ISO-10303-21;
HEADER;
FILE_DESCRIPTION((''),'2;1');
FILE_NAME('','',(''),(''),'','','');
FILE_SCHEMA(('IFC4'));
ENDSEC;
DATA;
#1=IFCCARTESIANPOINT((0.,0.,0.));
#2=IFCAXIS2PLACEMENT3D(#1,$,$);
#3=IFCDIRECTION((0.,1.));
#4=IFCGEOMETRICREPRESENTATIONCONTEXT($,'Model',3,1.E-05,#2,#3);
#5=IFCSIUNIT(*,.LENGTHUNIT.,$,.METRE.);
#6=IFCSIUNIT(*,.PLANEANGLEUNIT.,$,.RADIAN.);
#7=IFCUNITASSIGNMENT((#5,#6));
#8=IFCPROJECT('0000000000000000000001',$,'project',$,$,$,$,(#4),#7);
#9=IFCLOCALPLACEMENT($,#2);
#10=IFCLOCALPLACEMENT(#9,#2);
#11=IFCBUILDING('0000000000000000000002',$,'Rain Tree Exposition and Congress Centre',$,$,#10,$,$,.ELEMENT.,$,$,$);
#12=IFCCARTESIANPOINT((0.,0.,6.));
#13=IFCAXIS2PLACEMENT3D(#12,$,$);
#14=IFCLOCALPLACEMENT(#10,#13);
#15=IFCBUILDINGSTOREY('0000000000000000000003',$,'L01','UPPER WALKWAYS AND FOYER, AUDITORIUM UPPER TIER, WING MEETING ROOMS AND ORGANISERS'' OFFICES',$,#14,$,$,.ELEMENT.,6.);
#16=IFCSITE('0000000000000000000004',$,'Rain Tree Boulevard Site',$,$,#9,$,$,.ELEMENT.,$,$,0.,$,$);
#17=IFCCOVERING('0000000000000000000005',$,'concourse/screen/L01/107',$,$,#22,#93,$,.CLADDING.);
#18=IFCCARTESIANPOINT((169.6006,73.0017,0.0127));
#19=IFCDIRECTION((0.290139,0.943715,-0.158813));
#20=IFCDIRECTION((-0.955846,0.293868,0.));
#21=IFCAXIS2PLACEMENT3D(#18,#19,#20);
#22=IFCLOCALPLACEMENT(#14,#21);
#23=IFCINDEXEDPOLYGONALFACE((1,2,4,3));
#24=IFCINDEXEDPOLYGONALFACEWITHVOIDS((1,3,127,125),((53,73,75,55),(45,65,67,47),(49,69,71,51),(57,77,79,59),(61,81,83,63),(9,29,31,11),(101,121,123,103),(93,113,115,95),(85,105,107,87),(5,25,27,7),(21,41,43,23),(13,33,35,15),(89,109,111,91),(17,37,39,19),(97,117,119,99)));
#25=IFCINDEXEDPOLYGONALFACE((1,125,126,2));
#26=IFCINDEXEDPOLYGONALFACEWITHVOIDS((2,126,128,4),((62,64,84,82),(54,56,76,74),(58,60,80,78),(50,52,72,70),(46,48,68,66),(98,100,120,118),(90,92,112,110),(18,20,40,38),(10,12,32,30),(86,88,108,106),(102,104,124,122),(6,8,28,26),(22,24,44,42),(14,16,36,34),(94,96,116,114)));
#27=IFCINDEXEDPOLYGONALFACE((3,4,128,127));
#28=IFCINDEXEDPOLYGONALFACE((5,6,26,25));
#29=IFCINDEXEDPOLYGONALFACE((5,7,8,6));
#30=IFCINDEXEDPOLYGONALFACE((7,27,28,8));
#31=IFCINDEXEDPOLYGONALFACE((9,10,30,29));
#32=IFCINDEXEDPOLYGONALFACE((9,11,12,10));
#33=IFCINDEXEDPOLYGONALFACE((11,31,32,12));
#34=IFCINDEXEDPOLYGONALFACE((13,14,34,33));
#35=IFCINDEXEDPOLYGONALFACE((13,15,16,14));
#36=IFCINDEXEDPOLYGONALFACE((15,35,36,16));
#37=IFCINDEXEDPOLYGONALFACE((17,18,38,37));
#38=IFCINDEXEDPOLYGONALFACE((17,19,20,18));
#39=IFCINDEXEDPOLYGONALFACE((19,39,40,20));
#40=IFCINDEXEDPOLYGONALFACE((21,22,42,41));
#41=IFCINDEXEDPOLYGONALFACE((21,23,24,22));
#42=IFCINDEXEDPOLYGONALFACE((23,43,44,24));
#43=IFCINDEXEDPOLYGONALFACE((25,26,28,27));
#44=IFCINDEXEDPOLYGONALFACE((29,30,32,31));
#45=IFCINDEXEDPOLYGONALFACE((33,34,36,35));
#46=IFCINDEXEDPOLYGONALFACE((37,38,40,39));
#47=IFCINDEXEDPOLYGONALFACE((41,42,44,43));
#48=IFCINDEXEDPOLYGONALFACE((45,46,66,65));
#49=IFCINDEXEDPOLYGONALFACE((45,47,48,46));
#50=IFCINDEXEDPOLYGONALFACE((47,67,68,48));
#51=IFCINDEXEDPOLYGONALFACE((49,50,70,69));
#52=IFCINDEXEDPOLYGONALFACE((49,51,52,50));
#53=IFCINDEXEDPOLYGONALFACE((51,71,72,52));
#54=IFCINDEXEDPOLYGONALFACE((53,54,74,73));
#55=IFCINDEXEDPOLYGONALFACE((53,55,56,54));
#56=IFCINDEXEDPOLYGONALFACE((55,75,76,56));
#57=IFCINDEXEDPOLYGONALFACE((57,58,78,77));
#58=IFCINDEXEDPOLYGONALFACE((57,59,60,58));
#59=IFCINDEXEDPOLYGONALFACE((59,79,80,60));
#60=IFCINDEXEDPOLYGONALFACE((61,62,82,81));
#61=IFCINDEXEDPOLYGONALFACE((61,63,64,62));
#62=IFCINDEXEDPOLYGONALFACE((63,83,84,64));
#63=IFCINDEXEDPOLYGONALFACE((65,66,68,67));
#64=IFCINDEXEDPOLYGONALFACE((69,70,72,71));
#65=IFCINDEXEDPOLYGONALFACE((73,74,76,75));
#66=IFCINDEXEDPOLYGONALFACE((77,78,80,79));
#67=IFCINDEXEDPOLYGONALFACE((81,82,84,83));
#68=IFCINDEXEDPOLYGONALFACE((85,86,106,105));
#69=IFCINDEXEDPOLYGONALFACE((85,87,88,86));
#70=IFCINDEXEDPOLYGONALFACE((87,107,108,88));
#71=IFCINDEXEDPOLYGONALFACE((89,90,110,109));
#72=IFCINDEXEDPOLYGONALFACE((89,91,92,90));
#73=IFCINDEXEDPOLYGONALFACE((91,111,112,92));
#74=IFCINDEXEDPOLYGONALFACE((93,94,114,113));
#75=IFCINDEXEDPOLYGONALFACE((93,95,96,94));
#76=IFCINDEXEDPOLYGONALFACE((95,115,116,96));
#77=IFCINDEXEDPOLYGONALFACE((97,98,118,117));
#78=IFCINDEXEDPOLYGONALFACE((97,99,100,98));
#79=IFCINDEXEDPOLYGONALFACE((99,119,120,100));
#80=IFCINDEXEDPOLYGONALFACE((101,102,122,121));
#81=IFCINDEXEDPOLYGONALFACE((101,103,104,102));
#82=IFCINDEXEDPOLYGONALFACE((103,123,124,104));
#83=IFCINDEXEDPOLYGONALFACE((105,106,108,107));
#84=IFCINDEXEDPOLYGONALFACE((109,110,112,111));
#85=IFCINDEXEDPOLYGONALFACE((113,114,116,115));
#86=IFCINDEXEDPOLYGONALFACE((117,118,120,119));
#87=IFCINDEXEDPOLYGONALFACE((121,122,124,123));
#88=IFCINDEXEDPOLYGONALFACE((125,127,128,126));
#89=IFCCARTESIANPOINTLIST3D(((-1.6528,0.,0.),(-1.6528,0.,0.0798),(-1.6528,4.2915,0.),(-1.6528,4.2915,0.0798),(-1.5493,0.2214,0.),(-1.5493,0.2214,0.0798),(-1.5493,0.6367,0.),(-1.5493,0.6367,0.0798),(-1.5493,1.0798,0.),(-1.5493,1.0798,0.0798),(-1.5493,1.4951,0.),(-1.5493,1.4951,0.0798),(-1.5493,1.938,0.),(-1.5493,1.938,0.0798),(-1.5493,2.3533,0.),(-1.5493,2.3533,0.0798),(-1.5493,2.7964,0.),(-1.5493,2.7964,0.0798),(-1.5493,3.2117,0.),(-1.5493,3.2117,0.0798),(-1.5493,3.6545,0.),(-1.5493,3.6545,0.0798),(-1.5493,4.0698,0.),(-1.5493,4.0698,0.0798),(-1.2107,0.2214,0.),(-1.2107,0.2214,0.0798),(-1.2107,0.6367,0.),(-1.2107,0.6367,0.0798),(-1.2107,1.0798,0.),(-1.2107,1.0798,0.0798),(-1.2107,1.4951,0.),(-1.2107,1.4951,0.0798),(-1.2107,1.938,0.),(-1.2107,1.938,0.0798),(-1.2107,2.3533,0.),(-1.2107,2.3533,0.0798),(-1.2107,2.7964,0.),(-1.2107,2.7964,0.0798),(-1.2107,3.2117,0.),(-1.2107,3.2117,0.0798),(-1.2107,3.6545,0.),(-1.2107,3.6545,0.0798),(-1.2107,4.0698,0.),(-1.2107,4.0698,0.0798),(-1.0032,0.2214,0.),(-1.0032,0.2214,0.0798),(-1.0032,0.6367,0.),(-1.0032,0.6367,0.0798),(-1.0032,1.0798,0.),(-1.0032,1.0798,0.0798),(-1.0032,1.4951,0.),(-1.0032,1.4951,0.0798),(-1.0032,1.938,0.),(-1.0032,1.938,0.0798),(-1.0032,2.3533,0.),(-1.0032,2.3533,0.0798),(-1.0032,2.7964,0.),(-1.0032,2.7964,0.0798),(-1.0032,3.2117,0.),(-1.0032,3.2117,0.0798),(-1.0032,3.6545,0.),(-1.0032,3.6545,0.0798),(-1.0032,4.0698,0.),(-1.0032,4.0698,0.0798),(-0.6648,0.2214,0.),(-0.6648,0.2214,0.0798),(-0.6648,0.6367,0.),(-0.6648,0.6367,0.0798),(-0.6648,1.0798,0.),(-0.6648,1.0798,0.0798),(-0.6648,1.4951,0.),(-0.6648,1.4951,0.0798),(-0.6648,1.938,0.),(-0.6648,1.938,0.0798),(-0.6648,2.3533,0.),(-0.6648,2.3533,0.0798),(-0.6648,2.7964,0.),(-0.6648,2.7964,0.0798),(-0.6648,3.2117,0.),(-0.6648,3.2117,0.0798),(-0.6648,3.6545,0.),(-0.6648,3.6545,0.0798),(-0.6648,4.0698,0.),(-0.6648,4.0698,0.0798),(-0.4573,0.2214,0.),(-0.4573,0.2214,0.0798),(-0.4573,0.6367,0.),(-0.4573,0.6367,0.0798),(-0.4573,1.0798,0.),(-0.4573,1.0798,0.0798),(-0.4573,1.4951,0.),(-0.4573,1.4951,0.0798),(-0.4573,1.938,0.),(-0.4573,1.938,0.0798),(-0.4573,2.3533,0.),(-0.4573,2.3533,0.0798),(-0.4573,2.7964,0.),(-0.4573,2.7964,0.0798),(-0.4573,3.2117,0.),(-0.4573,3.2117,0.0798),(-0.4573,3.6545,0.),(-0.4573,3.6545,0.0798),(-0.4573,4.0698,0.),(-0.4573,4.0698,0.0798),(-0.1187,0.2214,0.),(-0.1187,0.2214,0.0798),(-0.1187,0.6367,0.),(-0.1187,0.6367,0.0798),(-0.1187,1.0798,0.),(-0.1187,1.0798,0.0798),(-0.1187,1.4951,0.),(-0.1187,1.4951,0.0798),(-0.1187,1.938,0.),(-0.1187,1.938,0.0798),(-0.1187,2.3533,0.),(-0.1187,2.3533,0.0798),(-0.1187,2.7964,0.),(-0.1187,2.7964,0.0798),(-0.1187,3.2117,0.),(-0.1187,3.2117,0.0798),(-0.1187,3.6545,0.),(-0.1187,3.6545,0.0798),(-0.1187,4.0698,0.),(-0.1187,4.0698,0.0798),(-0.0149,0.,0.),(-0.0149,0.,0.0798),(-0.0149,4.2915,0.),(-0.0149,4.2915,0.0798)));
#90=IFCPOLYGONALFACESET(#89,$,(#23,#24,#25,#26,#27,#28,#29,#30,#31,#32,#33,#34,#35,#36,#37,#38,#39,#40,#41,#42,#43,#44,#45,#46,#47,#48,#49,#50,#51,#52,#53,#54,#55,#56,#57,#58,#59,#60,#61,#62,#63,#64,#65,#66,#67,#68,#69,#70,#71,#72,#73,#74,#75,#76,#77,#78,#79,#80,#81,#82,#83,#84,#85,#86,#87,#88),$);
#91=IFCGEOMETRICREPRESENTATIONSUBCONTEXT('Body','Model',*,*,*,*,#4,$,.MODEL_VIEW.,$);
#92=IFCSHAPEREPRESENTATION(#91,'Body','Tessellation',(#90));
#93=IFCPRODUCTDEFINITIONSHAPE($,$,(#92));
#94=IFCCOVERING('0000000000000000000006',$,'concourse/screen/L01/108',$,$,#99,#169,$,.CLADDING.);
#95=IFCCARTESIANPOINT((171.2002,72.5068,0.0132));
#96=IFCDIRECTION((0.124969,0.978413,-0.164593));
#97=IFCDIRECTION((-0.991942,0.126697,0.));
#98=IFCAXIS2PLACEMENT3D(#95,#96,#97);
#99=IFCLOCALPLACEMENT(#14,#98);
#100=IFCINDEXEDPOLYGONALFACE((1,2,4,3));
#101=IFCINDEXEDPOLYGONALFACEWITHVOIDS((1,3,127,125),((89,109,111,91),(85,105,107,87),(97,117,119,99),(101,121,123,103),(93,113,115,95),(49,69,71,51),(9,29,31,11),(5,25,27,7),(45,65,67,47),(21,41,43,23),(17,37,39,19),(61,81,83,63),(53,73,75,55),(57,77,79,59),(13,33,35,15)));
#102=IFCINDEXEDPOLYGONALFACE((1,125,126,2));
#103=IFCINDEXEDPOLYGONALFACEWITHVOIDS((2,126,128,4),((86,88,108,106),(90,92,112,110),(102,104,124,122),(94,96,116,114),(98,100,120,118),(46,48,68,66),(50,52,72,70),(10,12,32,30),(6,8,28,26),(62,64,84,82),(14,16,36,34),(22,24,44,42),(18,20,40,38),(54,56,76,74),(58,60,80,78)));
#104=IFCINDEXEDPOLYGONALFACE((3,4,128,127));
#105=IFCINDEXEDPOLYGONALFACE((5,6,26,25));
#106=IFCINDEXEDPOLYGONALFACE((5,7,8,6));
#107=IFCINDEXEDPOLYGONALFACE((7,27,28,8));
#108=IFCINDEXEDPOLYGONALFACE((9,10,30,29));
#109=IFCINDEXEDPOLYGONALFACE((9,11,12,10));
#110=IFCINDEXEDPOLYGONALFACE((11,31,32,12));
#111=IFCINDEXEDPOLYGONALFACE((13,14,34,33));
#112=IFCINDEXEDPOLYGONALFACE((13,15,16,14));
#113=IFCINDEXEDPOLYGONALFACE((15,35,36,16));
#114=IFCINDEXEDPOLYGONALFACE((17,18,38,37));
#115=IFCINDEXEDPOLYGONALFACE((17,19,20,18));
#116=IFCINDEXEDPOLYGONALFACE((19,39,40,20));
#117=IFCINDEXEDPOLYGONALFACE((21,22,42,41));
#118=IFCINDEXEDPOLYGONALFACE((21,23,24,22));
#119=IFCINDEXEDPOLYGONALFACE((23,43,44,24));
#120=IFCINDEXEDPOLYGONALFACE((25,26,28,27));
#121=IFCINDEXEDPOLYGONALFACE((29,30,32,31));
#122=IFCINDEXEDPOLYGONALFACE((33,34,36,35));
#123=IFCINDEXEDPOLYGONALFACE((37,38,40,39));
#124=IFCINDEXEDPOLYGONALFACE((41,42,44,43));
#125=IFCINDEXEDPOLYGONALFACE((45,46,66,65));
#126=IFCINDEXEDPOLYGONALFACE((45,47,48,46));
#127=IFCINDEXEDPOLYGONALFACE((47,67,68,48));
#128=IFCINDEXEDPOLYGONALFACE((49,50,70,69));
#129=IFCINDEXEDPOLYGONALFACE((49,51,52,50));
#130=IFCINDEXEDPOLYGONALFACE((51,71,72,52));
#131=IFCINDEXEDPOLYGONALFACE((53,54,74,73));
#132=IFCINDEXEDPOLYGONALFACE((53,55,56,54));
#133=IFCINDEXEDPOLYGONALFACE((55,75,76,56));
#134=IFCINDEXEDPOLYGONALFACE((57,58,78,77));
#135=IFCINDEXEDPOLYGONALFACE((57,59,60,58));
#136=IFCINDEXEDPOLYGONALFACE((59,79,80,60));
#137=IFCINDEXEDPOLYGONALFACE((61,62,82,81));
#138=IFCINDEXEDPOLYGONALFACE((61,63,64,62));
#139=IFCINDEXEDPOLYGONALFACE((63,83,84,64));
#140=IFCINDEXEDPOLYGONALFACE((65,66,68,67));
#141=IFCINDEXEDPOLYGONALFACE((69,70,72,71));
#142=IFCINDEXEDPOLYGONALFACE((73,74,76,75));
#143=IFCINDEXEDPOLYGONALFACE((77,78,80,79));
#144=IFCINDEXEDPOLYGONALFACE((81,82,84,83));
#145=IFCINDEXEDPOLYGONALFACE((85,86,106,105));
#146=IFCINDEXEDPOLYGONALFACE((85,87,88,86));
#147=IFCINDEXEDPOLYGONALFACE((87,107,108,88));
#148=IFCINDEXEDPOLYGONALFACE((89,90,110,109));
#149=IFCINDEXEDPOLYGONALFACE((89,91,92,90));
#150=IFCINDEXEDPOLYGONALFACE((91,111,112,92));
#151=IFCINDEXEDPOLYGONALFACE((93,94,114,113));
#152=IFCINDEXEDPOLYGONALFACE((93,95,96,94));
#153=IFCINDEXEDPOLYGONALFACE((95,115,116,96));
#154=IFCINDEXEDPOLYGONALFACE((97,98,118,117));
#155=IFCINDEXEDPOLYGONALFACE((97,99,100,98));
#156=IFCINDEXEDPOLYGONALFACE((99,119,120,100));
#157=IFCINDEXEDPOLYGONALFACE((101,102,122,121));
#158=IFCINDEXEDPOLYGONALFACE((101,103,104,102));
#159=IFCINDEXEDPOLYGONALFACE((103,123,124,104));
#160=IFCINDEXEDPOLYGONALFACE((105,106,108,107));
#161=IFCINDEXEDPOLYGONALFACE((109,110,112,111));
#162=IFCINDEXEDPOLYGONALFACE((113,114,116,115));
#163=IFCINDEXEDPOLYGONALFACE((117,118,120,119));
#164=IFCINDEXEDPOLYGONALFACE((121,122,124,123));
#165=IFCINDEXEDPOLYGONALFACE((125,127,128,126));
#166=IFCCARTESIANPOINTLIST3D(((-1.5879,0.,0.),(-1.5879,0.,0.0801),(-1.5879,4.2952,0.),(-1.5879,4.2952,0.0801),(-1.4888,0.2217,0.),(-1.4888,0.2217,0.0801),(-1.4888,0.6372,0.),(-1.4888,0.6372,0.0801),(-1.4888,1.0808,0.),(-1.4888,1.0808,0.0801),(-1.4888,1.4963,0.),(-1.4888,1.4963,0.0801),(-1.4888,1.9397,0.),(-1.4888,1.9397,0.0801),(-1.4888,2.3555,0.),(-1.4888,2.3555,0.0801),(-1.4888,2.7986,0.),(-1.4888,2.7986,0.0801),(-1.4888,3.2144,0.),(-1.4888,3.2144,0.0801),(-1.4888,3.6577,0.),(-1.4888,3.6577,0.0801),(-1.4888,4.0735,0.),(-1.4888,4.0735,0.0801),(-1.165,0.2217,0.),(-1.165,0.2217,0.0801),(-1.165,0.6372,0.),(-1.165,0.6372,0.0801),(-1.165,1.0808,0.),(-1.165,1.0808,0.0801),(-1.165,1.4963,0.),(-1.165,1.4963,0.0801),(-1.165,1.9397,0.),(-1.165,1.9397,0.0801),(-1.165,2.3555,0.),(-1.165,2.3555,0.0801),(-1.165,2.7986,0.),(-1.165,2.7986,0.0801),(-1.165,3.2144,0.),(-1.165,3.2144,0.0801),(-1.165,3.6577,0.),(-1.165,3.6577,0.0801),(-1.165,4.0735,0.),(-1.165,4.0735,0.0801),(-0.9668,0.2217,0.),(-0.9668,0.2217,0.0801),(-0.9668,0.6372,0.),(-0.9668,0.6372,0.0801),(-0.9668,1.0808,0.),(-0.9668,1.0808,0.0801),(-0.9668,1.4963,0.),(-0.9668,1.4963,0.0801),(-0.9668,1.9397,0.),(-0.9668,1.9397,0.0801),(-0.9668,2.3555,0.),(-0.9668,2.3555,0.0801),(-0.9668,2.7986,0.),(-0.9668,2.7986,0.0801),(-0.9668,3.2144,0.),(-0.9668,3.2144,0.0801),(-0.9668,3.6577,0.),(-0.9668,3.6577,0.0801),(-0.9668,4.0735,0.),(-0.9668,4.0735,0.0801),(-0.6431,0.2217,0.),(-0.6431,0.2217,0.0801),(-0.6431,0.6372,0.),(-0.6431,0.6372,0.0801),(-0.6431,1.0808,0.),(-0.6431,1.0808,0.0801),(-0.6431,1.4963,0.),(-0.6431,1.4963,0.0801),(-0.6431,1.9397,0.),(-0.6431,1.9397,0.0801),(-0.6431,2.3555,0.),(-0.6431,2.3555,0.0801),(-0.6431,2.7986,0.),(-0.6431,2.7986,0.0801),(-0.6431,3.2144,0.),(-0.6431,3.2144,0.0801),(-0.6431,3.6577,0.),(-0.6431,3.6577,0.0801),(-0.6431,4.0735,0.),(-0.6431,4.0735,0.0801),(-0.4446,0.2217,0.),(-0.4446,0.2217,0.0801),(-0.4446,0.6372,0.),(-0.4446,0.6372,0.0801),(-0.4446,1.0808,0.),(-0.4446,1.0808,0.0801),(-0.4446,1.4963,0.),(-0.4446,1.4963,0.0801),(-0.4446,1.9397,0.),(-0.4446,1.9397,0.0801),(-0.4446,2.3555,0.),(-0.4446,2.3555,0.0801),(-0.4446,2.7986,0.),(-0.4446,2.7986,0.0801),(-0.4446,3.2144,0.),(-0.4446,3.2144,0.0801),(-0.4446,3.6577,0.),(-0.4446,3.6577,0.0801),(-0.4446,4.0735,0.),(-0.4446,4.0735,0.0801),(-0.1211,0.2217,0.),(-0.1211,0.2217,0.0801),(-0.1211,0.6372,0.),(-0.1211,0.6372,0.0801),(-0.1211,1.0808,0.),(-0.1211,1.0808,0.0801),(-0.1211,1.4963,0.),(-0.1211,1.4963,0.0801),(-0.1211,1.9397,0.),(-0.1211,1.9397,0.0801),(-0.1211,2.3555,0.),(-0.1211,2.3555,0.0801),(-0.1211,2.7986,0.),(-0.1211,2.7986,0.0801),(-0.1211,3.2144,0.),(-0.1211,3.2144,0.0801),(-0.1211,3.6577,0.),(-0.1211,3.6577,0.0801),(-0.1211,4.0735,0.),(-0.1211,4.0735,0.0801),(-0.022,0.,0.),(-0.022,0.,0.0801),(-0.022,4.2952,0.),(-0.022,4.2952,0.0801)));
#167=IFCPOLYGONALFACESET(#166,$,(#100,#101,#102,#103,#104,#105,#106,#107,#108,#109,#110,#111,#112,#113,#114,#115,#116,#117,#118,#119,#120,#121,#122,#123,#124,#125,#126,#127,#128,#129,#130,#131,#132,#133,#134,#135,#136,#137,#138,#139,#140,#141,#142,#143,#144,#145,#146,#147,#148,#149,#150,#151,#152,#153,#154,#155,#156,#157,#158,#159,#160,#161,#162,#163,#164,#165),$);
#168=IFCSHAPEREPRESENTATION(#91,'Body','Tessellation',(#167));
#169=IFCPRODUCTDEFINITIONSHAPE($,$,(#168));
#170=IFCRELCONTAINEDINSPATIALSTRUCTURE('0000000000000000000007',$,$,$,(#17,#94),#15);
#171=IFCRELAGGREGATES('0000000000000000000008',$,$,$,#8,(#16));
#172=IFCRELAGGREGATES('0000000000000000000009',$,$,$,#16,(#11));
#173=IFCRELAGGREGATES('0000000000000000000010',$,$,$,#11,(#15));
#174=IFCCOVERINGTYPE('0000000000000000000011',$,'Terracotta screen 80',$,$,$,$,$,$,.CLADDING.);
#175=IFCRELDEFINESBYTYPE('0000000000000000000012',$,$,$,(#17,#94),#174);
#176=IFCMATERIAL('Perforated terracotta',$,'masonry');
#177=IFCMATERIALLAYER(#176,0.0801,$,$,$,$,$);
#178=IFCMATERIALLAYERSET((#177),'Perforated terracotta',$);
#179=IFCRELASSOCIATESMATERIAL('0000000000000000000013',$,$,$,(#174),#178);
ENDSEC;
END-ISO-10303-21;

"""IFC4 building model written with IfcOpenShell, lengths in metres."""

from ifc_helpers import new_model, si_unit, direction, frame, origin, place, context, subcontext, project, spatial, polyline, outline, extrude, material, layer, layer_set, type_object, element, save


model = new_model("IFC4")

# Units and contexts
model_context = context("Model", 3, precision=1e-05, world=origin(), true_north=direction((0.0, 1.0)))
body_context = subcontext(model_context, "Body", "Model", "MODEL_VIEW")
ifc_project = project(units=[si_unit("LENGTHUNIT", "METRE"), si_unit("PLANEANGLEUNIT", "RADIAN")], contexts=[model_context])

# Site, building, storey
site_placement = place(None, origin())
site = spatial("IfcSite", under=ifc_project, at=site_placement, Name="Rain Tree Boulevard Site", CompositionType="ELEMENT", RefElevation=0.0)
building_placement = place(site_placement, origin())
building = spatial("IfcBuilding", under=site, at=building_placement, Name="Rain Tree Exposition and Congress Centre", CompositionType="ELEMENT")
storey_placement = place(building_placement, frame((0.0, 0.0, 6.0)))
storey = spatial("IfcBuildingStorey", under=building, at=storey_placement, Name="L01", Description="UPPER WALKWAYS AND FOYER, AUDITORIUM UPPER TIER, WING MEETING ROOMS AND ORGANISERS' OFFICES", CompositionType="ELEMENT", Elevation=6.0)

# Coverings
ifc_material_1 = material(Name="Perforated terracotta", Category="masonry")
ifc_layer_1 = layer(ifc_material_1, 0.0801)
ifc_layer_set_1 = layer_set([ifc_layer_1], Name="Perforated terracotta")
covering_type = type_object("IfcCoveringType", Name="Terracotta screen 80", PredefinedType="CLADDING", material=ifc_layer_set_1)
covering_1_placement = place(storey_placement, frame((169.6006, 73.0017, 0.0127), z_axis=(0.290139, 0.943715, -0.158813), x_axis=(-0.955846, 0.293868, 0.0)))
element("IfcCovering", 1, at=covering_1_placement, inside=storey, type_object=covering_type, Name="concourse/screen/L01/107", PredefinedType="CLADDING", context=body_context, shape_type="SweptSolid", body=[
    extrude(outline(polyline([(-1.6528, 0.0), (-1.6528, 4.2915), (-0.0149, 4.2915), (-0.0149, 0.0), (-1.6528, 0.0)]), holes=[polyline([(-0.1187, 0.2214), (-0.1187, 0.6367), (-0.4573, 0.6367), (-0.4573, 0.2214), (-0.1187, 0.2214)]), polyline([(-0.1187, 1.0798), (-0.1187, 1.4951), (-0.4573, 1.4951), (-0.4573, 1.0798), (-0.1187, 1.0798)]), polyline([(-0.1187, 1.938), (-0.1187, 2.3533), (-0.4573, 2.3533), (-0.4573, 1.938), (-0.1187, 1.938)]), polyline([(-0.1187, 2.7964), (-0.1187, 3.2117), (-0.4573, 3.2117), (-0.4573, 2.7964), (-0.1187, 2.7964)]), polyline([(-0.1187, 3.6545), (-0.1187, 4.0698), (-0.4573, 4.0698), (-0.4573, 3.6545), (-0.1187, 3.6545)]), polyline([(-0.6648, 0.2214), (-0.6648, 0.6367), (-1.0032, 0.6367), (-1.0032, 0.2214), (-0.6648, 0.2214)]), polyline([(-0.6648, 1.0798), (-0.6648, 1.4951), (-1.0032, 1.4951), (-1.0032, 1.0798), (-0.6648, 1.0798)]), polyline([(-0.6648, 1.938), (-0.6648, 2.3533), (-1.0032, 2.3533), (-1.0032, 1.938), (-0.6648, 1.938)]), polyline([(-0.6648, 2.7964), (-0.6648, 3.2117), (-1.0032, 3.2117), (-1.0032, 2.7964), (-0.6648, 2.7964)]), polyline([(-0.6648, 3.6545), (-0.6648, 4.0698), (-1.0032, 4.0698), (-1.0032, 3.6545), (-0.6648, 3.6545)]), polyline([(-1.2107, 0.2214), (-1.2107, 0.6367), (-1.5493, 0.6367), (-1.5493, 0.2214), (-1.2107, 0.2214)]), polyline([(-1.2107, 1.0798), (-1.2107, 1.4951), (-1.5493, 1.4951), (-1.5493, 1.0798), (-1.2107, 1.0798)]), polyline([(-1.2107, 1.938), (-1.2107, 2.3533), (-1.5493, 2.3533), (-1.5493, 1.938), (-1.2107, 1.938)]), polyline([(-1.2107, 2.7964), (-1.2107, 3.2117), (-1.5493, 3.2117), (-1.5493, 2.7964), (-1.2107, 2.7964)]), polyline([(-1.2107, 3.6545), (-1.2107, 4.0698), (-1.5493, 4.0698), (-1.5493, 3.6545), (-1.2107, 3.6545)])]), origin(), (0.0, 0.0, 1.0), 0.0798),
])
covering_2_placement = place(storey_placement, frame((171.2002, 72.5068, 0.0132), z_axis=(0.124969, 0.978413, -0.164593), x_axis=(-0.991942, 0.126697, 0.0)))
element("IfcCovering", 2, at=covering_2_placement, inside=storey, type_object=covering_type, Name="concourse/screen/L01/108", PredefinedType="CLADDING", context=body_context, shape_type="SweptSolid", body=[
    extrude(outline(polyline([(-1.5879, 0.0), (-1.5879, 4.2952), (-0.022, 4.2952), (-0.022, 0.0), (-1.5879, 0.0)]), holes=[polyline([(-0.1211, 0.2217), (-0.1211, 0.6372), (-0.4446, 0.6372), (-0.4446, 0.2217), (-0.1211, 0.2217)]), polyline([(-0.1211, 1.0808), (-0.1211, 1.4963), (-0.4446, 1.4963), (-0.4446, 1.0808), (-0.1211, 1.0808)]), polyline([(-0.1211, 1.9397), (-0.1211, 2.3555), (-0.4446, 2.3555), (-0.4446, 1.9397), (-0.1211, 1.9397)]), polyline([(-0.1211, 2.7986), (-0.1211, 3.2144), (-0.4446, 3.2144), (-0.4446, 2.7986), (-0.1211, 2.7986)]), polyline([(-0.1211, 3.6577), (-0.1211, 4.0735), (-0.4446, 4.0735), (-0.4446, 3.6577), (-0.1211, 3.6577)]), polyline([(-0.6431, 0.2217), (-0.6431, 0.6372), (-0.9668, 0.6372), (-0.9668, 0.2217), (-0.6431, 0.2217)]), polyline([(-0.6431, 1.0808), (-0.6431, 1.4963), (-0.9668, 1.4963), (-0.9668, 1.0808), (-0.6431, 1.0808)]), polyline([(-0.6431, 1.9397), (-0.6431, 2.3555), (-0.9668, 2.3555), (-0.9668, 1.9397), (-0.6431, 1.9397)]), polyline([(-0.6431, 2.7986), (-0.6431, 3.2144), (-0.9668, 3.2144), (-0.9668, 2.7986), (-0.6431, 2.7986)]), polyline([(-0.6431, 3.6577), (-0.6431, 4.0735), (-0.9668, 4.0735), (-0.9668, 3.6577), (-0.6431, 3.6577)]), polyline([(-1.165, 0.2217), (-1.165, 0.6372), (-1.4888, 0.6372), (-1.4888, 0.2217), (-1.165, 0.2217)]), polyline([(-1.165, 1.0808), (-1.165, 1.4963), (-1.4888, 1.4963), (-1.4888, 1.0808), (-1.165, 1.0808)]), polyline([(-1.165, 1.9397), (-1.165, 2.3555), (-1.4888, 2.3555), (-1.4888, 1.9397), (-1.165, 1.9397)]), polyline([(-1.165, 2.7986), (-1.165, 3.2144), (-1.4888, 3.2144), (-1.4888, 2.7986), (-1.165, 2.7986)]), polyline([(-1.165, 3.6577), (-1.165, 4.0735), (-1.4888, 4.0735), (-1.4888, 3.6577), (-1.165, 3.6577)])]), origin(), (0.0, 0.0, 1.0), 0.0801),
])

save(model, "model.ifc")
